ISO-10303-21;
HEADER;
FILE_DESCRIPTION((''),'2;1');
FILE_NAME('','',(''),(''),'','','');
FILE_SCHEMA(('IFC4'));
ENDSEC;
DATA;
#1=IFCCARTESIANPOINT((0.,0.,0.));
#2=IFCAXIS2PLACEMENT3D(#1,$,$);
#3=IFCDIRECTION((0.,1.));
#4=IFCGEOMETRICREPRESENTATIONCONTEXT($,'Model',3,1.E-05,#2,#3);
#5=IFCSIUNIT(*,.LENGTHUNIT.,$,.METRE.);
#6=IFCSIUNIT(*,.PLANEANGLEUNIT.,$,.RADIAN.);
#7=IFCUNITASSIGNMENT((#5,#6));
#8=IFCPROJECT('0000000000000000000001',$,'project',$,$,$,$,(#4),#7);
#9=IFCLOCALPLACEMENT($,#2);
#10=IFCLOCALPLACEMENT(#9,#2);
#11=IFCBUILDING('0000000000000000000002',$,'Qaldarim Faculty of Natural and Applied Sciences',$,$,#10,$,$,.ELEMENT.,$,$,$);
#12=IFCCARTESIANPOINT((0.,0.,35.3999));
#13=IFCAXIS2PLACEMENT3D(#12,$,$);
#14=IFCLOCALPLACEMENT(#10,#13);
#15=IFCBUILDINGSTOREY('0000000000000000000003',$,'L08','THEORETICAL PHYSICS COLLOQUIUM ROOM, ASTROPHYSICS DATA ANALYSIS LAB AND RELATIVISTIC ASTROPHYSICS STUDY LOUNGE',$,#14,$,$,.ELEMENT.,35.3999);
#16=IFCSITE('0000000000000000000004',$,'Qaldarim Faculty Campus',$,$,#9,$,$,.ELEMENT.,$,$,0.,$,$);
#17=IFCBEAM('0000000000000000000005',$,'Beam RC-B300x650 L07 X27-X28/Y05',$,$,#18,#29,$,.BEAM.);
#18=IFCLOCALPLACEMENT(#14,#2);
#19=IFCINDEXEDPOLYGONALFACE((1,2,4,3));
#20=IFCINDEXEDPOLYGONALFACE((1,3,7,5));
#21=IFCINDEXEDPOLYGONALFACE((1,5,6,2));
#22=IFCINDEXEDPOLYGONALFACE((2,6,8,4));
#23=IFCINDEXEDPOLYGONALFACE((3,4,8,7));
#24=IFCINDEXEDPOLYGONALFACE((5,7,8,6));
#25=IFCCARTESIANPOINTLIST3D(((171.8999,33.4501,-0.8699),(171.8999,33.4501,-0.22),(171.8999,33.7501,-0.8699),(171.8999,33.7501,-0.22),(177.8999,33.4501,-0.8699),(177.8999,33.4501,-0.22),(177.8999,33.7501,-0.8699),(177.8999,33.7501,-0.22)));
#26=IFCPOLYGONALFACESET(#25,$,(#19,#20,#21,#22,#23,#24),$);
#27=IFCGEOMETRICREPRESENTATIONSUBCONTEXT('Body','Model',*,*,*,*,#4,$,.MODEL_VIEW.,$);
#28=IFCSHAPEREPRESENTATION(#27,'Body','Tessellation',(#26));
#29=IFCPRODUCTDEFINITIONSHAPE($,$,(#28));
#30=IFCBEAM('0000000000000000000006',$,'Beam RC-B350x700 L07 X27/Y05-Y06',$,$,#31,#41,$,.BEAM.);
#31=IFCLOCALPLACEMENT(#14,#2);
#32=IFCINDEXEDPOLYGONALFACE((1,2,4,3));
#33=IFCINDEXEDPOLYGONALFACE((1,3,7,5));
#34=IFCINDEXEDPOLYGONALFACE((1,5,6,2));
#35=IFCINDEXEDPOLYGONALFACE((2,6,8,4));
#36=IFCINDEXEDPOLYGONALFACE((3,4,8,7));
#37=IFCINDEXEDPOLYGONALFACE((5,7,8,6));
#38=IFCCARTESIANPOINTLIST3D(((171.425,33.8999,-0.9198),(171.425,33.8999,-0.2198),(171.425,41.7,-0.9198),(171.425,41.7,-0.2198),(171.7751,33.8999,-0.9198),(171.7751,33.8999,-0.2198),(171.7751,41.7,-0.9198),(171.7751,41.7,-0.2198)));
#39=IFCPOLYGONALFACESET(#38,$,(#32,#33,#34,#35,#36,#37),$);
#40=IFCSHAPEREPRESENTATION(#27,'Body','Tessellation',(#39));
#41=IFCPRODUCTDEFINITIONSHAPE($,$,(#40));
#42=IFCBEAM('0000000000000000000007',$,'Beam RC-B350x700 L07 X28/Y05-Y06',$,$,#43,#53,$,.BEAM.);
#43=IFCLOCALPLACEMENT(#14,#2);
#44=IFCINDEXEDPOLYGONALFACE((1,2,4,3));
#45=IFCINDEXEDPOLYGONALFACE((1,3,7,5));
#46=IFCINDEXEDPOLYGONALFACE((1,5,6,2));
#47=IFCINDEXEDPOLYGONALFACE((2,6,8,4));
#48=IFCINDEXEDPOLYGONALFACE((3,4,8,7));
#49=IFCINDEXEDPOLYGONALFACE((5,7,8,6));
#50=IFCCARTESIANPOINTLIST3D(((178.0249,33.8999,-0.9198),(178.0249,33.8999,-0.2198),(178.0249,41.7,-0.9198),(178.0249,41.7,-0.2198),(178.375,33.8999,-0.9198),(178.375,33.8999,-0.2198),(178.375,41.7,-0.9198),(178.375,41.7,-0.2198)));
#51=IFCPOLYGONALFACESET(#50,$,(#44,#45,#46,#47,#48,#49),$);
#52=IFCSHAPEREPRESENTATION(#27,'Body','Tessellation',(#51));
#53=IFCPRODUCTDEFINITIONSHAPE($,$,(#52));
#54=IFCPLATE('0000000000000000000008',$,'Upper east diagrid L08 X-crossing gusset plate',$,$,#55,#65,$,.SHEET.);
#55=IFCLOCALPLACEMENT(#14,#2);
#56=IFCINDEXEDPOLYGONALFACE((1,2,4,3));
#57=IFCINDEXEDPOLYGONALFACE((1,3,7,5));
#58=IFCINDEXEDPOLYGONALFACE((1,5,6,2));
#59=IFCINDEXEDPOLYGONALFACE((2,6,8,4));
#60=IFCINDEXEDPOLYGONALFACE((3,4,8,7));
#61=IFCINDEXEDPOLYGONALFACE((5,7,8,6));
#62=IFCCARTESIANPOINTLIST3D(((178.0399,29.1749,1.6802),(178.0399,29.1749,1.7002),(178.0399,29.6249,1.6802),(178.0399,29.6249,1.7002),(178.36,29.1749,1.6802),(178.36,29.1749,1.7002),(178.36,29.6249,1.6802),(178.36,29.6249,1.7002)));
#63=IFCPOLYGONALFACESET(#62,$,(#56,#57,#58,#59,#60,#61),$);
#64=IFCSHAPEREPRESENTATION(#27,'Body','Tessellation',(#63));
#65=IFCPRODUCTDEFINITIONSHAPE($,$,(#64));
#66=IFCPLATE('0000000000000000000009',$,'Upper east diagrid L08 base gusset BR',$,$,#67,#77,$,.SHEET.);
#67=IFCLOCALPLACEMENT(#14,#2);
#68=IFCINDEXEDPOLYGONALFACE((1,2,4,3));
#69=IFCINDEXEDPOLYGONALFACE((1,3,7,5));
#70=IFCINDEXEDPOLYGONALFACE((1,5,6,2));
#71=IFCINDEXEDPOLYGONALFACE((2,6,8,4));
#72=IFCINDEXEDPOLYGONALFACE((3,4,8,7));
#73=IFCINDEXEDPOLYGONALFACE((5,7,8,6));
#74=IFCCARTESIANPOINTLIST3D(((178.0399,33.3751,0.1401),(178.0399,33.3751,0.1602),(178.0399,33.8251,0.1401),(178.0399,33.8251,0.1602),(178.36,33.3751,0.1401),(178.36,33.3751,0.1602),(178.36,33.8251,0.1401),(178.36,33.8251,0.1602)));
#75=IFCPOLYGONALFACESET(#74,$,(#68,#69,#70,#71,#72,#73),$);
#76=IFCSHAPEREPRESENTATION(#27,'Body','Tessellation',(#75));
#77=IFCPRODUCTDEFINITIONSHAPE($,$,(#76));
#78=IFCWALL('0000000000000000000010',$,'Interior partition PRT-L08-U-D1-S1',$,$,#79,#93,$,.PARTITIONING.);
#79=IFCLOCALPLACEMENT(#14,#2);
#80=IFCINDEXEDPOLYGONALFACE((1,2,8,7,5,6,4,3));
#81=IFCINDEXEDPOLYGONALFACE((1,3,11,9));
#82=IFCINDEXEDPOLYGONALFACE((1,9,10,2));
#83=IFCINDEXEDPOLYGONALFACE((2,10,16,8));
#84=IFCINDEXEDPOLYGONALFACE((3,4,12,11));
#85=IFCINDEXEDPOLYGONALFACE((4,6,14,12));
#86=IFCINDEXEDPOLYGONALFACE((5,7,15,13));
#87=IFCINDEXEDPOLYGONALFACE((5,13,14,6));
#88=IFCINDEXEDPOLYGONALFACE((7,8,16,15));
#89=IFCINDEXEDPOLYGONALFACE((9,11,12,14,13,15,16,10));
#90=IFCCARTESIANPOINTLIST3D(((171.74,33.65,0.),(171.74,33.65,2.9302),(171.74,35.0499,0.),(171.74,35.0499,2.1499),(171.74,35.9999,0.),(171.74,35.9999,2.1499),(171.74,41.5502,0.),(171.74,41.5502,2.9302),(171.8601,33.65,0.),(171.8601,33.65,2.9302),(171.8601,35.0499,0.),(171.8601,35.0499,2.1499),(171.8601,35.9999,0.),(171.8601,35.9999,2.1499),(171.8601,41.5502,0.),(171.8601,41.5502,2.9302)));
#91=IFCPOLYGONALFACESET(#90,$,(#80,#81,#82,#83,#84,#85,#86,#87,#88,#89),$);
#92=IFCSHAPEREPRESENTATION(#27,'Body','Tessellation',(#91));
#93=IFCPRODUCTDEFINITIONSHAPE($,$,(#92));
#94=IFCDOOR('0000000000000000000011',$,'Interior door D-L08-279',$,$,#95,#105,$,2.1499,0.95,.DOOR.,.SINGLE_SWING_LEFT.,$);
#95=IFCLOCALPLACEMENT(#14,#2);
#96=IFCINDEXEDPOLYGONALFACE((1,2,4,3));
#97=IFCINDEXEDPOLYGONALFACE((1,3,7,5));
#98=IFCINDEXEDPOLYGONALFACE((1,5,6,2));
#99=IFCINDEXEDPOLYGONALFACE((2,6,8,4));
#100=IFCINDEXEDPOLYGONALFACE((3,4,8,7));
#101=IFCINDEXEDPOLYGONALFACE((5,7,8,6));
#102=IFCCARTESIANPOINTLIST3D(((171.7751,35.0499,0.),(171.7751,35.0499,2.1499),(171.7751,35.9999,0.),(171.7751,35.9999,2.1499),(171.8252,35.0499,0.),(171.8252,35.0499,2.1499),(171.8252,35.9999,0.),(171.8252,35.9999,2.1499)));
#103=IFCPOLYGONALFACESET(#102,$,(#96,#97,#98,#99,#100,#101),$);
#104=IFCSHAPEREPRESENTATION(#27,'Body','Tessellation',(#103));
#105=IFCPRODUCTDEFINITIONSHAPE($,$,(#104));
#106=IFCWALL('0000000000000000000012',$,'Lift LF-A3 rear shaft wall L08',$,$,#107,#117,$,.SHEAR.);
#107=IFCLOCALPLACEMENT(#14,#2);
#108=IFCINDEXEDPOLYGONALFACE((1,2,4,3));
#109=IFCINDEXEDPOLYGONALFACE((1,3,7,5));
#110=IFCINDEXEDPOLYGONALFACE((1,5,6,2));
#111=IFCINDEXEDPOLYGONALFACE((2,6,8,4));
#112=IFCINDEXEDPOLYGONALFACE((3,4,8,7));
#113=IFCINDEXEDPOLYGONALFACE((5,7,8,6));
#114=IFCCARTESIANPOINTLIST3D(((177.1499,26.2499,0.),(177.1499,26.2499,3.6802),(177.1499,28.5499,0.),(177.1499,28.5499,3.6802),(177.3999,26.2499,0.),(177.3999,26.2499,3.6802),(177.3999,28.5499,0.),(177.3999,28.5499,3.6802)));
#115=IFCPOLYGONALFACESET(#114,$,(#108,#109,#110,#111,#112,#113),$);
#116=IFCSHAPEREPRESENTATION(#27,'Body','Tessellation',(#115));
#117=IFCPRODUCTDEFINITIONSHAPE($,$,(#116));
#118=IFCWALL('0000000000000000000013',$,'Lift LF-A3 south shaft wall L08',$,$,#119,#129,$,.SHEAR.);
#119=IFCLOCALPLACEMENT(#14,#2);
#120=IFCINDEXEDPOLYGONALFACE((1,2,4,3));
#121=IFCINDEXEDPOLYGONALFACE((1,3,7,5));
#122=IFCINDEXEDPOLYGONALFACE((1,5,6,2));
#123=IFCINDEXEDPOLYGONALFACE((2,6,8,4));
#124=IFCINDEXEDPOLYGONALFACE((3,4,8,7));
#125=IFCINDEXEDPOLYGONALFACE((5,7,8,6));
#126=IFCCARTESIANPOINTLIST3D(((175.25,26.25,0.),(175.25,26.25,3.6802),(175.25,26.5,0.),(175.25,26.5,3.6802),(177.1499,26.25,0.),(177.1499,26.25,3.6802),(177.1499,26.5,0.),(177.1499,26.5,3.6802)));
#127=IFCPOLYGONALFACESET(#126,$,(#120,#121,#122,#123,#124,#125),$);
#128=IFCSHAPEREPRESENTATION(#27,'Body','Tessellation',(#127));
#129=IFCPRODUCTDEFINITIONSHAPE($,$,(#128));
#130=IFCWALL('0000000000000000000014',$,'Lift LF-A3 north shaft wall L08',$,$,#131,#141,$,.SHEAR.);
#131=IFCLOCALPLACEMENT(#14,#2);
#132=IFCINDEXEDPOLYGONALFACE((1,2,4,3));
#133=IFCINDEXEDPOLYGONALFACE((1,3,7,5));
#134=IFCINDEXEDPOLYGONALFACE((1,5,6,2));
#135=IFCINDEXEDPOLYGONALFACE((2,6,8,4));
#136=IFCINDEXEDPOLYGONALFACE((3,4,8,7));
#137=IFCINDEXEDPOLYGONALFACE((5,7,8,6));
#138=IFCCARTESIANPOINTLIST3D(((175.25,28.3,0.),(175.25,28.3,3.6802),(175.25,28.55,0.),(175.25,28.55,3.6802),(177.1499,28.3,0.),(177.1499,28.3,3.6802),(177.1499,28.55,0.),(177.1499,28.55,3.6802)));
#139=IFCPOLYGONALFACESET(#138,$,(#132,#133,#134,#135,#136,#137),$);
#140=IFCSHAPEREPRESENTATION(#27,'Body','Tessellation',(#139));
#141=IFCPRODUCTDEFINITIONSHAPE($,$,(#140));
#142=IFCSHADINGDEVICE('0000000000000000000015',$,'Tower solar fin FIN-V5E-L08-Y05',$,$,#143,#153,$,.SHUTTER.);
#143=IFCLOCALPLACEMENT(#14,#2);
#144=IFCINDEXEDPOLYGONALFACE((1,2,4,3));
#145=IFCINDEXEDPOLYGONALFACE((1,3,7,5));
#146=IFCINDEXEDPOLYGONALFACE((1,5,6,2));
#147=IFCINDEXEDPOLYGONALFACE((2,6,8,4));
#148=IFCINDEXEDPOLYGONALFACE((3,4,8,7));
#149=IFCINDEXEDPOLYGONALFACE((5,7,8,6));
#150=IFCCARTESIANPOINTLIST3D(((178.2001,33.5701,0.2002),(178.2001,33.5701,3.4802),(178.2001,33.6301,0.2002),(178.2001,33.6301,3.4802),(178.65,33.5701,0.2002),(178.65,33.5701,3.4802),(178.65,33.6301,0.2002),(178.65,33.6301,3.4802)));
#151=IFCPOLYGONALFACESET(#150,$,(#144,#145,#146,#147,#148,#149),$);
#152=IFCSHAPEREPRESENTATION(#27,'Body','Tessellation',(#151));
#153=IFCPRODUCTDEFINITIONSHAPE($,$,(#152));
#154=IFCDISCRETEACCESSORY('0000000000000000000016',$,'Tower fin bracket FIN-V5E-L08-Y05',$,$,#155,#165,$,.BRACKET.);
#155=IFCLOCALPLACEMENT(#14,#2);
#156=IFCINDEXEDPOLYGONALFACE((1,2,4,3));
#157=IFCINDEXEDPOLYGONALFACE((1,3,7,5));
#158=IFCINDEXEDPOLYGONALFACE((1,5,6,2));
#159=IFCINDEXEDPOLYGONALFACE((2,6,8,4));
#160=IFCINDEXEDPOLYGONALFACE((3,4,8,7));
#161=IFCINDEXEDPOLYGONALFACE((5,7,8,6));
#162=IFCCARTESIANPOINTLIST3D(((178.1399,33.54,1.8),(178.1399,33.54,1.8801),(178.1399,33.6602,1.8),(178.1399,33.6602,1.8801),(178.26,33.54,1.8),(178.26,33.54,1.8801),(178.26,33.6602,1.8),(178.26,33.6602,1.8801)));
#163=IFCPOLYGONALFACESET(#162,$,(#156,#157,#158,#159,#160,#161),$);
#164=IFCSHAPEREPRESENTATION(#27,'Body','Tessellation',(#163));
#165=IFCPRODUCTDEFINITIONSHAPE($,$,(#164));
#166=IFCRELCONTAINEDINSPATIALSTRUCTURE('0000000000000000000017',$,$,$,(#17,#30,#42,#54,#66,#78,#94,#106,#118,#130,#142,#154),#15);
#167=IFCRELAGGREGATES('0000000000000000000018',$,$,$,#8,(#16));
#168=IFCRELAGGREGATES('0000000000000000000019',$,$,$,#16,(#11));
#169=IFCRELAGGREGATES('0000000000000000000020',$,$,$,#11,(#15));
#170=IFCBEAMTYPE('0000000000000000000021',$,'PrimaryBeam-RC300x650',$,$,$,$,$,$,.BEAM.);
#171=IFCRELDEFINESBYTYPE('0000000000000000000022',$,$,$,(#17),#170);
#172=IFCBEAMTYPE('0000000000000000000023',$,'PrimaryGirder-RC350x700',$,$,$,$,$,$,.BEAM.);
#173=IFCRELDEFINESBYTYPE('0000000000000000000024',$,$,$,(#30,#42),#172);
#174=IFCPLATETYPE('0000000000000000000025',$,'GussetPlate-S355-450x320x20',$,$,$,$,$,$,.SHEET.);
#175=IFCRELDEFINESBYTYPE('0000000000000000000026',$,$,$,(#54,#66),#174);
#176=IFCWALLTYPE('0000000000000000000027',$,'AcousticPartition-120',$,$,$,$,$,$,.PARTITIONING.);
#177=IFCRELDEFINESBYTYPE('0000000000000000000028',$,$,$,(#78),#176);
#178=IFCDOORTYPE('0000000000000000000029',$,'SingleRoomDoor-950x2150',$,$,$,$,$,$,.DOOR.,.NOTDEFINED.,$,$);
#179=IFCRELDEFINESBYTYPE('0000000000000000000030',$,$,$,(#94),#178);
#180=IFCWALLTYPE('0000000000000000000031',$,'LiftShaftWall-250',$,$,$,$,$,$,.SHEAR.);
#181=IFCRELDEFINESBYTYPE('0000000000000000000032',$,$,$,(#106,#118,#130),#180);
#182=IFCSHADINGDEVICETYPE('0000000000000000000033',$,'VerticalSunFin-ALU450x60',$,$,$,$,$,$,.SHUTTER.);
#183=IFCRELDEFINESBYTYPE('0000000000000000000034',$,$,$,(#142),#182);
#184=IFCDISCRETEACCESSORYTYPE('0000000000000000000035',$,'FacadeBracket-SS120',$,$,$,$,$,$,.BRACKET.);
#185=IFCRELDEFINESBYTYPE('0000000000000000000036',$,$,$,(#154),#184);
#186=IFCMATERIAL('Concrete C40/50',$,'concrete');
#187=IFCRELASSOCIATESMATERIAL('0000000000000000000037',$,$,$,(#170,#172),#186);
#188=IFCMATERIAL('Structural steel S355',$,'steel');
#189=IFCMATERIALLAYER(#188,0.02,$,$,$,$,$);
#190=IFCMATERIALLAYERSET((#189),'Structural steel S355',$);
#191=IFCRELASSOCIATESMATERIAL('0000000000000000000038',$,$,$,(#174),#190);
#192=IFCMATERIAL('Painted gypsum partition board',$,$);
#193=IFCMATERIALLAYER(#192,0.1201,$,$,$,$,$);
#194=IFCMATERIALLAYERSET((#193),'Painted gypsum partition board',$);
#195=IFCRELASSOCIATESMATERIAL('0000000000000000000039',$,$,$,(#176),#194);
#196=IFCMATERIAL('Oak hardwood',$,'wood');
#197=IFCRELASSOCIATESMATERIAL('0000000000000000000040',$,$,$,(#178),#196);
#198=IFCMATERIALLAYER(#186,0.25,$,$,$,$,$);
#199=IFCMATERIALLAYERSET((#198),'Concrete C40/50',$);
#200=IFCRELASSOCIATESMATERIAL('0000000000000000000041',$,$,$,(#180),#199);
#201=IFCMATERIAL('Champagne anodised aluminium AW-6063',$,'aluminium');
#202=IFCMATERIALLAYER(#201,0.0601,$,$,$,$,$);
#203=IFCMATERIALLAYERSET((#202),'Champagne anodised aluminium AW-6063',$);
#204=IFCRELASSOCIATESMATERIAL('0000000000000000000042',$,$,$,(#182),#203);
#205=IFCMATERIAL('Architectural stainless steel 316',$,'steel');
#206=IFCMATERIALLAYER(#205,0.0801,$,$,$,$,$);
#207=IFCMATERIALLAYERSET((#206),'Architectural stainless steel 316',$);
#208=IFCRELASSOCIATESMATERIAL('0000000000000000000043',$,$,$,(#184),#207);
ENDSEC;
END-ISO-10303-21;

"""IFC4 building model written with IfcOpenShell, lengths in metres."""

from ifc_helpers import new_model, si_unit, direction, frame, frame_2d, origin, origin_2d, place, context, subcontext, project, spatial, rectangle, extrude, material, layer, layer_set, material_profile, profile_set, type_object, element, fill, save


model = new_model("IFC4")

# Units and contexts
model_context = context("Model", 3, precision=1e-05, world=origin(), true_north=direction((0.0, 1.0)))
body_context = subcontext(model_context, "Body", "Model", "MODEL_VIEW")
ifc_project = project(units=[si_unit("LENGTHUNIT", "METRE"), si_unit("PLANEANGLEUNIT", "RADIAN")], contexts=[model_context])

# Site, building, storey
site_placement = place(None, origin())
site = spatial("IfcSite", under=ifc_project, at=site_placement, Name="Qaldarim Faculty Campus", CompositionType="ELEMENT", RefElevation=0.0)
building_placement = place(site_placement, origin())
building = spatial("IfcBuilding", under=site, at=building_placement, Name="Qaldarim Faculty of Natural and Applied Sciences", CompositionType="ELEMENT")
storey_placement = place(building_placement, frame((0.0, 0.0, 35.3999)))
storey = spatial("IfcBuildingStorey", under=building, at=storey_placement, Name="L08", Description="THEORETICAL PHYSICS COLLOQUIUM ROOM, ASTROPHYSICS DATA ANALYSIS LAB AND RELATIVISTIC ASTROPHYSICS STUDY LOUNGE", CompositionType="ELEMENT", Elevation=35.3999)

# Shared definitions
ifc_material_1 = material(Name="Concrete C40/50", Category="concrete")

# Shared definitions
ifc_material_2 = material(Name="Structural steel S355", Category="steel")

# Beams
ifc_material_profile_1 = material_profile(ifc_material_1, rectangle(XDim=0.3, YDim=0.6499, at=origin_2d()), Name="RC-B300x650")
ifc_profile_set_1 = profile_set([ifc_material_profile_1], Name="Concrete C40/50")
beam_type_1 = type_object("IfcBeamType", Name="PrimaryBeam-RC300x650", PredefinedType="BEAM", material=ifc_profile_set_1)
beam_placement = place(storey_placement, frame((171.8999, 33.6001, -0.5449), z_axis=(1.0, 0.0, 0.0), x_axis=(0.0, 1.0, 0.0)))
element("IfcBeam", 1, at=beam_placement, inside=storey, type_object=beam_type_1, Name="Beam RC-B300x650 L07 X27-X28/Y05", PredefinedType="BEAM", context=body_context, shape_type="SweptSolid", body=[
    extrude(rectangle(XDim=0.3, YDim=0.6499, at=origin_2d()), origin(), (0.0, 0.0, 1.0), 6.0),
])
ifc_material_profile_2 = material_profile(ifc_material_1, rectangle(XDim=0.3501, YDim=0.7, at=origin_2d()), Name="RC-B350x700")
ifc_profile_set_2 = profile_set([ifc_material_profile_2], Name="Concrete C40/50")
beam_type_2 = type_object("IfcBeamType", Name="PrimaryGirder-RC350x700", PredefinedType="BEAM", material=ifc_profile_set_2)
for number, where, z_axis, x_axis, name in (
    (2, (171.6001, 33.8999, -0.5698), (0.0, 1.0, 0.0), (-1.0, 0.0, 0.0), "Beam RC-B350x700 L07 X27/Y05-Y06"),
    (3, (178.2, 33.8999, -0.5698), (0.0, 1.0, 0.0), (-1.0, 0.0, 0.0), "Beam RC-B350x700 L07 X28/Y05-Y06"),
):
    element("IfcBeam", number, at=place(storey_placement, frame(where, z_axis=z_axis, x_axis=x_axis)), inside=storey, type_object=beam_type_2, Name=name, PredefinedType="BEAM", context=body_context, shape_type="SweptSolid", body=[
        extrude(rectangle(XDim=0.3501, YDim=0.7, at=origin_2d()), origin(), (0.0, 0.0, 1.0), 7.8),
    ])

# Plates
ifc_layer_1 = layer(ifc_material_2, 0.02)
ifc_layer_set_1 = layer_set([ifc_layer_1], Name="Structural steel S355")
plate_type = type_object("IfcPlateType", Name="GussetPlate-S355-450x320x20", PredefinedType="SHEET", material=ifc_layer_set_1)
for number, where, z_axis, x_axis, name in (
    (4, (178.2, 29.3999, 1.6802), (0.0, 0.0, 1.0), (0.0, 1.0, 0.0), "Upper east diagrid L08 X-crossing gusset plate"),
    (5, (178.2, 33.6001, 0.1401), (0.0, 0.0, 1.0), (0.0, 1.0, 0.0), "Upper east diagrid L08 base gusset BR"),
):
    element("IfcPlate", number, at=place(storey_placement, frame(where, z_axis=z_axis, x_axis=x_axis)), inside=storey, type_object=plate_type, Name=name, PredefinedType="SHEET", context=body_context, shape_type="SweptSolid", body=[
        extrude(rectangle(XDim=0.45, YDim=0.3201, at=origin_2d()), origin(), (0.0, 0.0, 1.0), 0.02),
    ])

# Wall, opening, door
ifc_material_3 = material(Name="Painted gypsum partition board")
ifc_layer_2 = layer(ifc_material_3, 0.1201)
ifc_layer_set_2 = layer_set([ifc_layer_2], Name="Painted gypsum partition board")
wall_type_1 = type_object("IfcWallType", Name="AcousticPartition-120", PredefinedType="PARTITIONING", material=ifc_layer_set_2)
wall_1_placement = place(storey_placement, frame((171.8, 33.6499, 0.0), z_axis=(0.0, 0.0, 1.0), x_axis=(0.0, 1.0, 0.0)))
wall_1 = element("IfcWall", 6, at=wall_1_placement, inside=storey, type_object=wall_type_1, Name="Interior partition PRT-L08-U-D1-S1", PredefinedType="PARTITIONING", context=body_context, shape_type="SweptSolid", body=[
    extrude(rectangle(XDim=7.9001, YDim=0.1201, at=frame_2d((3.9502, 0.0))), origin(), (0.0, 0.0, 1.0), 2.9302),
])
opening_1_placement = place(wall_1_placement, frame((1.3999, 0.0, 0.0)))
opening_1 = element("IfcOpeningElement", 7, at=opening_1_placement, cuts=wall_1, PredefinedType="OPENING", context=body_context, shape_type="SweptSolid", body=[
    extrude(rectangle(XDim=0.95, YDim=2.1499, at=frame_2d((0.4751, 1.075))), frame((0.0, 0.0701, 0.0), z_axis=(0.0, -1.0, 0.0), x_axis=(1.0, 0.0, 0.0)), (0.0, 0.0, 1.0), 0.1401),
])
ifc_material_4 = material(Name="Oak hardwood", Category="wood")
door_type_1 = type_object("IfcDoorType", Name="SingleRoomDoor-950x2150", OperationType="NOTDEFINED", PredefinedType="DOOR", material=ifc_material_4)
door_1_placement = place(opening_1_placement, origin())
door_1 = element("IfcDoor", 8, at=door_1_placement, inside=storey, type_object=door_type_1, Name="Interior door D-L08-279", OperationType="SINGLE_SWING_LEFT", OverallHeight=2.1499, OverallWidth=0.95, PredefinedType="DOOR", context=body_context, shape_type="SweptSolid", body=[
    extrude(rectangle(XDim=0.95, YDim=2.1499, at=frame_2d((0.4751, 1.075))), frame((0.0, 0.0249, 0.0), z_axis=(0.0, -1.0, 0.0), x_axis=(1.0, 0.0, 0.0)), (0.0, 0.0, 1.0), 0.05),
])
fill(opening_1, door_1)
ifc_layer_3 = layer(ifc_material_1, 0.25)
ifc_layer_set_3 = layer_set([ifc_layer_3], Name="Concrete C40/50")
wall_type_2 = type_object("IfcWallType", Name="LiftShaftWall-250", PredefinedType="SHEAR", material=ifc_layer_set_3)
ifc_material_5 = material(Name="Architectural stainless steel 316", Category="steel")

# Walls
wall_2_placement = place(storey_placement, frame((177.2749, 26.25, 0.0), z_axis=(0.0, 0.0, 1.0), x_axis=(0.0, 1.0, 0.0)))
element("IfcWall", 9, at=wall_2_placement, inside=storey, type_object=wall_type_2, Name="Lift LF-A3 rear shaft wall L08", PredefinedType="SHEAR", context=body_context, shape_type="SweptSolid", body=[
    extrude(rectangle(XDim=2.3, YDim=0.25, at=frame_2d((1.1499, 0.0))), origin(), (0.0, 0.0, 1.0), 3.6802),
])
for number, where, z_axis, x_axis, name in (
    (10, (175.25, 26.375, 0.0), (0.0, 0.0, 1.0), (1.0, 0.0, 0.0), "Lift LF-A3 south shaft wall L08"),
    (11, (175.25, 28.425, 0.0), (0.0, 0.0, 1.0), (1.0, 0.0, 0.0), "Lift LF-A3 north shaft wall L08"),
):
    element("IfcWall", number, at=place(storey_placement, frame(where, z_axis=z_axis, x_axis=x_axis)), inside=storey, type_object=wall_type_2, Name=name, PredefinedType="SHEAR", context=body_context, shape_type="SweptSolid", body=[
        extrude(rectangle(XDim=1.8999, YDim=0.25, at=frame_2d((0.95, 0.0))), origin(), (0.0, 0.0, 1.0), 3.6802),
    ])

# Shading device
ifc_material_6 = material(Name="Champagne anodised aluminium AW-6063", Category="aluminium")
ifc_layer_4 = layer(ifc_material_6, 0.0601)
ifc_layer_set_4 = layer_set([ifc_layer_4], Name="Champagne anodised aluminium AW-6063")
shading_device_type = type_object("IfcShadingDeviceType", Name="VerticalSunFin-ALU450x60", PredefinedType="SHUTTER", material=ifc_layer_set_4)
shading_device_placement = place(storey_placement, frame((178.425, 33.6001, 0.2002), z_axis=(0.0, 0.0, 1.0), x_axis=(1.0, 0.0, 0.0)))
element("IfcShadingDevice", 12, at=shading_device_placement, inside=storey, type_object=shading_device_type, Name="Tower solar fin FIN-V5E-L08-Y05", PredefinedType="SHUTTER", context=body_context, shape_type="SweptSolid", body=[
    extrude(rectangle(XDim=0.45, YDim=0.0601, at=origin_2d()), origin(), (0.0, 0.0, 1.0), 3.28),
])

# Discrete accessory
ifc_layer_5 = layer(ifc_material_5, 0.0801)
ifc_layer_set_5 = layer_set([ifc_layer_5], Name="Architectural stainless steel 316")
discrete_accessory_type = type_object("IfcDiscreteAccessoryType", Name="FacadeBracket-SS120", PredefinedType="BRACKET", material=ifc_layer_set_5)
discrete_accessory_placement = place(storey_placement, frame((178.2, 33.6001, 1.8), z_axis=(0.0, 0.0, 1.0), x_axis=(1.0, 0.0, 0.0)))
element("IfcDiscreteAccessory", 13, at=discrete_accessory_placement, inside=storey, type_object=discrete_accessory_type, Name="Tower fin bracket FIN-V5E-L08-Y05", PredefinedType="BRACKET", context=body_context, shape_type="SweptSolid", body=[
    extrude(rectangle(XDim=0.1201, YDim=0.1201, at=origin_2d()), origin(), (0.0, 0.0, 1.0), 0.0801),
])

save(model, "model.ifc")
